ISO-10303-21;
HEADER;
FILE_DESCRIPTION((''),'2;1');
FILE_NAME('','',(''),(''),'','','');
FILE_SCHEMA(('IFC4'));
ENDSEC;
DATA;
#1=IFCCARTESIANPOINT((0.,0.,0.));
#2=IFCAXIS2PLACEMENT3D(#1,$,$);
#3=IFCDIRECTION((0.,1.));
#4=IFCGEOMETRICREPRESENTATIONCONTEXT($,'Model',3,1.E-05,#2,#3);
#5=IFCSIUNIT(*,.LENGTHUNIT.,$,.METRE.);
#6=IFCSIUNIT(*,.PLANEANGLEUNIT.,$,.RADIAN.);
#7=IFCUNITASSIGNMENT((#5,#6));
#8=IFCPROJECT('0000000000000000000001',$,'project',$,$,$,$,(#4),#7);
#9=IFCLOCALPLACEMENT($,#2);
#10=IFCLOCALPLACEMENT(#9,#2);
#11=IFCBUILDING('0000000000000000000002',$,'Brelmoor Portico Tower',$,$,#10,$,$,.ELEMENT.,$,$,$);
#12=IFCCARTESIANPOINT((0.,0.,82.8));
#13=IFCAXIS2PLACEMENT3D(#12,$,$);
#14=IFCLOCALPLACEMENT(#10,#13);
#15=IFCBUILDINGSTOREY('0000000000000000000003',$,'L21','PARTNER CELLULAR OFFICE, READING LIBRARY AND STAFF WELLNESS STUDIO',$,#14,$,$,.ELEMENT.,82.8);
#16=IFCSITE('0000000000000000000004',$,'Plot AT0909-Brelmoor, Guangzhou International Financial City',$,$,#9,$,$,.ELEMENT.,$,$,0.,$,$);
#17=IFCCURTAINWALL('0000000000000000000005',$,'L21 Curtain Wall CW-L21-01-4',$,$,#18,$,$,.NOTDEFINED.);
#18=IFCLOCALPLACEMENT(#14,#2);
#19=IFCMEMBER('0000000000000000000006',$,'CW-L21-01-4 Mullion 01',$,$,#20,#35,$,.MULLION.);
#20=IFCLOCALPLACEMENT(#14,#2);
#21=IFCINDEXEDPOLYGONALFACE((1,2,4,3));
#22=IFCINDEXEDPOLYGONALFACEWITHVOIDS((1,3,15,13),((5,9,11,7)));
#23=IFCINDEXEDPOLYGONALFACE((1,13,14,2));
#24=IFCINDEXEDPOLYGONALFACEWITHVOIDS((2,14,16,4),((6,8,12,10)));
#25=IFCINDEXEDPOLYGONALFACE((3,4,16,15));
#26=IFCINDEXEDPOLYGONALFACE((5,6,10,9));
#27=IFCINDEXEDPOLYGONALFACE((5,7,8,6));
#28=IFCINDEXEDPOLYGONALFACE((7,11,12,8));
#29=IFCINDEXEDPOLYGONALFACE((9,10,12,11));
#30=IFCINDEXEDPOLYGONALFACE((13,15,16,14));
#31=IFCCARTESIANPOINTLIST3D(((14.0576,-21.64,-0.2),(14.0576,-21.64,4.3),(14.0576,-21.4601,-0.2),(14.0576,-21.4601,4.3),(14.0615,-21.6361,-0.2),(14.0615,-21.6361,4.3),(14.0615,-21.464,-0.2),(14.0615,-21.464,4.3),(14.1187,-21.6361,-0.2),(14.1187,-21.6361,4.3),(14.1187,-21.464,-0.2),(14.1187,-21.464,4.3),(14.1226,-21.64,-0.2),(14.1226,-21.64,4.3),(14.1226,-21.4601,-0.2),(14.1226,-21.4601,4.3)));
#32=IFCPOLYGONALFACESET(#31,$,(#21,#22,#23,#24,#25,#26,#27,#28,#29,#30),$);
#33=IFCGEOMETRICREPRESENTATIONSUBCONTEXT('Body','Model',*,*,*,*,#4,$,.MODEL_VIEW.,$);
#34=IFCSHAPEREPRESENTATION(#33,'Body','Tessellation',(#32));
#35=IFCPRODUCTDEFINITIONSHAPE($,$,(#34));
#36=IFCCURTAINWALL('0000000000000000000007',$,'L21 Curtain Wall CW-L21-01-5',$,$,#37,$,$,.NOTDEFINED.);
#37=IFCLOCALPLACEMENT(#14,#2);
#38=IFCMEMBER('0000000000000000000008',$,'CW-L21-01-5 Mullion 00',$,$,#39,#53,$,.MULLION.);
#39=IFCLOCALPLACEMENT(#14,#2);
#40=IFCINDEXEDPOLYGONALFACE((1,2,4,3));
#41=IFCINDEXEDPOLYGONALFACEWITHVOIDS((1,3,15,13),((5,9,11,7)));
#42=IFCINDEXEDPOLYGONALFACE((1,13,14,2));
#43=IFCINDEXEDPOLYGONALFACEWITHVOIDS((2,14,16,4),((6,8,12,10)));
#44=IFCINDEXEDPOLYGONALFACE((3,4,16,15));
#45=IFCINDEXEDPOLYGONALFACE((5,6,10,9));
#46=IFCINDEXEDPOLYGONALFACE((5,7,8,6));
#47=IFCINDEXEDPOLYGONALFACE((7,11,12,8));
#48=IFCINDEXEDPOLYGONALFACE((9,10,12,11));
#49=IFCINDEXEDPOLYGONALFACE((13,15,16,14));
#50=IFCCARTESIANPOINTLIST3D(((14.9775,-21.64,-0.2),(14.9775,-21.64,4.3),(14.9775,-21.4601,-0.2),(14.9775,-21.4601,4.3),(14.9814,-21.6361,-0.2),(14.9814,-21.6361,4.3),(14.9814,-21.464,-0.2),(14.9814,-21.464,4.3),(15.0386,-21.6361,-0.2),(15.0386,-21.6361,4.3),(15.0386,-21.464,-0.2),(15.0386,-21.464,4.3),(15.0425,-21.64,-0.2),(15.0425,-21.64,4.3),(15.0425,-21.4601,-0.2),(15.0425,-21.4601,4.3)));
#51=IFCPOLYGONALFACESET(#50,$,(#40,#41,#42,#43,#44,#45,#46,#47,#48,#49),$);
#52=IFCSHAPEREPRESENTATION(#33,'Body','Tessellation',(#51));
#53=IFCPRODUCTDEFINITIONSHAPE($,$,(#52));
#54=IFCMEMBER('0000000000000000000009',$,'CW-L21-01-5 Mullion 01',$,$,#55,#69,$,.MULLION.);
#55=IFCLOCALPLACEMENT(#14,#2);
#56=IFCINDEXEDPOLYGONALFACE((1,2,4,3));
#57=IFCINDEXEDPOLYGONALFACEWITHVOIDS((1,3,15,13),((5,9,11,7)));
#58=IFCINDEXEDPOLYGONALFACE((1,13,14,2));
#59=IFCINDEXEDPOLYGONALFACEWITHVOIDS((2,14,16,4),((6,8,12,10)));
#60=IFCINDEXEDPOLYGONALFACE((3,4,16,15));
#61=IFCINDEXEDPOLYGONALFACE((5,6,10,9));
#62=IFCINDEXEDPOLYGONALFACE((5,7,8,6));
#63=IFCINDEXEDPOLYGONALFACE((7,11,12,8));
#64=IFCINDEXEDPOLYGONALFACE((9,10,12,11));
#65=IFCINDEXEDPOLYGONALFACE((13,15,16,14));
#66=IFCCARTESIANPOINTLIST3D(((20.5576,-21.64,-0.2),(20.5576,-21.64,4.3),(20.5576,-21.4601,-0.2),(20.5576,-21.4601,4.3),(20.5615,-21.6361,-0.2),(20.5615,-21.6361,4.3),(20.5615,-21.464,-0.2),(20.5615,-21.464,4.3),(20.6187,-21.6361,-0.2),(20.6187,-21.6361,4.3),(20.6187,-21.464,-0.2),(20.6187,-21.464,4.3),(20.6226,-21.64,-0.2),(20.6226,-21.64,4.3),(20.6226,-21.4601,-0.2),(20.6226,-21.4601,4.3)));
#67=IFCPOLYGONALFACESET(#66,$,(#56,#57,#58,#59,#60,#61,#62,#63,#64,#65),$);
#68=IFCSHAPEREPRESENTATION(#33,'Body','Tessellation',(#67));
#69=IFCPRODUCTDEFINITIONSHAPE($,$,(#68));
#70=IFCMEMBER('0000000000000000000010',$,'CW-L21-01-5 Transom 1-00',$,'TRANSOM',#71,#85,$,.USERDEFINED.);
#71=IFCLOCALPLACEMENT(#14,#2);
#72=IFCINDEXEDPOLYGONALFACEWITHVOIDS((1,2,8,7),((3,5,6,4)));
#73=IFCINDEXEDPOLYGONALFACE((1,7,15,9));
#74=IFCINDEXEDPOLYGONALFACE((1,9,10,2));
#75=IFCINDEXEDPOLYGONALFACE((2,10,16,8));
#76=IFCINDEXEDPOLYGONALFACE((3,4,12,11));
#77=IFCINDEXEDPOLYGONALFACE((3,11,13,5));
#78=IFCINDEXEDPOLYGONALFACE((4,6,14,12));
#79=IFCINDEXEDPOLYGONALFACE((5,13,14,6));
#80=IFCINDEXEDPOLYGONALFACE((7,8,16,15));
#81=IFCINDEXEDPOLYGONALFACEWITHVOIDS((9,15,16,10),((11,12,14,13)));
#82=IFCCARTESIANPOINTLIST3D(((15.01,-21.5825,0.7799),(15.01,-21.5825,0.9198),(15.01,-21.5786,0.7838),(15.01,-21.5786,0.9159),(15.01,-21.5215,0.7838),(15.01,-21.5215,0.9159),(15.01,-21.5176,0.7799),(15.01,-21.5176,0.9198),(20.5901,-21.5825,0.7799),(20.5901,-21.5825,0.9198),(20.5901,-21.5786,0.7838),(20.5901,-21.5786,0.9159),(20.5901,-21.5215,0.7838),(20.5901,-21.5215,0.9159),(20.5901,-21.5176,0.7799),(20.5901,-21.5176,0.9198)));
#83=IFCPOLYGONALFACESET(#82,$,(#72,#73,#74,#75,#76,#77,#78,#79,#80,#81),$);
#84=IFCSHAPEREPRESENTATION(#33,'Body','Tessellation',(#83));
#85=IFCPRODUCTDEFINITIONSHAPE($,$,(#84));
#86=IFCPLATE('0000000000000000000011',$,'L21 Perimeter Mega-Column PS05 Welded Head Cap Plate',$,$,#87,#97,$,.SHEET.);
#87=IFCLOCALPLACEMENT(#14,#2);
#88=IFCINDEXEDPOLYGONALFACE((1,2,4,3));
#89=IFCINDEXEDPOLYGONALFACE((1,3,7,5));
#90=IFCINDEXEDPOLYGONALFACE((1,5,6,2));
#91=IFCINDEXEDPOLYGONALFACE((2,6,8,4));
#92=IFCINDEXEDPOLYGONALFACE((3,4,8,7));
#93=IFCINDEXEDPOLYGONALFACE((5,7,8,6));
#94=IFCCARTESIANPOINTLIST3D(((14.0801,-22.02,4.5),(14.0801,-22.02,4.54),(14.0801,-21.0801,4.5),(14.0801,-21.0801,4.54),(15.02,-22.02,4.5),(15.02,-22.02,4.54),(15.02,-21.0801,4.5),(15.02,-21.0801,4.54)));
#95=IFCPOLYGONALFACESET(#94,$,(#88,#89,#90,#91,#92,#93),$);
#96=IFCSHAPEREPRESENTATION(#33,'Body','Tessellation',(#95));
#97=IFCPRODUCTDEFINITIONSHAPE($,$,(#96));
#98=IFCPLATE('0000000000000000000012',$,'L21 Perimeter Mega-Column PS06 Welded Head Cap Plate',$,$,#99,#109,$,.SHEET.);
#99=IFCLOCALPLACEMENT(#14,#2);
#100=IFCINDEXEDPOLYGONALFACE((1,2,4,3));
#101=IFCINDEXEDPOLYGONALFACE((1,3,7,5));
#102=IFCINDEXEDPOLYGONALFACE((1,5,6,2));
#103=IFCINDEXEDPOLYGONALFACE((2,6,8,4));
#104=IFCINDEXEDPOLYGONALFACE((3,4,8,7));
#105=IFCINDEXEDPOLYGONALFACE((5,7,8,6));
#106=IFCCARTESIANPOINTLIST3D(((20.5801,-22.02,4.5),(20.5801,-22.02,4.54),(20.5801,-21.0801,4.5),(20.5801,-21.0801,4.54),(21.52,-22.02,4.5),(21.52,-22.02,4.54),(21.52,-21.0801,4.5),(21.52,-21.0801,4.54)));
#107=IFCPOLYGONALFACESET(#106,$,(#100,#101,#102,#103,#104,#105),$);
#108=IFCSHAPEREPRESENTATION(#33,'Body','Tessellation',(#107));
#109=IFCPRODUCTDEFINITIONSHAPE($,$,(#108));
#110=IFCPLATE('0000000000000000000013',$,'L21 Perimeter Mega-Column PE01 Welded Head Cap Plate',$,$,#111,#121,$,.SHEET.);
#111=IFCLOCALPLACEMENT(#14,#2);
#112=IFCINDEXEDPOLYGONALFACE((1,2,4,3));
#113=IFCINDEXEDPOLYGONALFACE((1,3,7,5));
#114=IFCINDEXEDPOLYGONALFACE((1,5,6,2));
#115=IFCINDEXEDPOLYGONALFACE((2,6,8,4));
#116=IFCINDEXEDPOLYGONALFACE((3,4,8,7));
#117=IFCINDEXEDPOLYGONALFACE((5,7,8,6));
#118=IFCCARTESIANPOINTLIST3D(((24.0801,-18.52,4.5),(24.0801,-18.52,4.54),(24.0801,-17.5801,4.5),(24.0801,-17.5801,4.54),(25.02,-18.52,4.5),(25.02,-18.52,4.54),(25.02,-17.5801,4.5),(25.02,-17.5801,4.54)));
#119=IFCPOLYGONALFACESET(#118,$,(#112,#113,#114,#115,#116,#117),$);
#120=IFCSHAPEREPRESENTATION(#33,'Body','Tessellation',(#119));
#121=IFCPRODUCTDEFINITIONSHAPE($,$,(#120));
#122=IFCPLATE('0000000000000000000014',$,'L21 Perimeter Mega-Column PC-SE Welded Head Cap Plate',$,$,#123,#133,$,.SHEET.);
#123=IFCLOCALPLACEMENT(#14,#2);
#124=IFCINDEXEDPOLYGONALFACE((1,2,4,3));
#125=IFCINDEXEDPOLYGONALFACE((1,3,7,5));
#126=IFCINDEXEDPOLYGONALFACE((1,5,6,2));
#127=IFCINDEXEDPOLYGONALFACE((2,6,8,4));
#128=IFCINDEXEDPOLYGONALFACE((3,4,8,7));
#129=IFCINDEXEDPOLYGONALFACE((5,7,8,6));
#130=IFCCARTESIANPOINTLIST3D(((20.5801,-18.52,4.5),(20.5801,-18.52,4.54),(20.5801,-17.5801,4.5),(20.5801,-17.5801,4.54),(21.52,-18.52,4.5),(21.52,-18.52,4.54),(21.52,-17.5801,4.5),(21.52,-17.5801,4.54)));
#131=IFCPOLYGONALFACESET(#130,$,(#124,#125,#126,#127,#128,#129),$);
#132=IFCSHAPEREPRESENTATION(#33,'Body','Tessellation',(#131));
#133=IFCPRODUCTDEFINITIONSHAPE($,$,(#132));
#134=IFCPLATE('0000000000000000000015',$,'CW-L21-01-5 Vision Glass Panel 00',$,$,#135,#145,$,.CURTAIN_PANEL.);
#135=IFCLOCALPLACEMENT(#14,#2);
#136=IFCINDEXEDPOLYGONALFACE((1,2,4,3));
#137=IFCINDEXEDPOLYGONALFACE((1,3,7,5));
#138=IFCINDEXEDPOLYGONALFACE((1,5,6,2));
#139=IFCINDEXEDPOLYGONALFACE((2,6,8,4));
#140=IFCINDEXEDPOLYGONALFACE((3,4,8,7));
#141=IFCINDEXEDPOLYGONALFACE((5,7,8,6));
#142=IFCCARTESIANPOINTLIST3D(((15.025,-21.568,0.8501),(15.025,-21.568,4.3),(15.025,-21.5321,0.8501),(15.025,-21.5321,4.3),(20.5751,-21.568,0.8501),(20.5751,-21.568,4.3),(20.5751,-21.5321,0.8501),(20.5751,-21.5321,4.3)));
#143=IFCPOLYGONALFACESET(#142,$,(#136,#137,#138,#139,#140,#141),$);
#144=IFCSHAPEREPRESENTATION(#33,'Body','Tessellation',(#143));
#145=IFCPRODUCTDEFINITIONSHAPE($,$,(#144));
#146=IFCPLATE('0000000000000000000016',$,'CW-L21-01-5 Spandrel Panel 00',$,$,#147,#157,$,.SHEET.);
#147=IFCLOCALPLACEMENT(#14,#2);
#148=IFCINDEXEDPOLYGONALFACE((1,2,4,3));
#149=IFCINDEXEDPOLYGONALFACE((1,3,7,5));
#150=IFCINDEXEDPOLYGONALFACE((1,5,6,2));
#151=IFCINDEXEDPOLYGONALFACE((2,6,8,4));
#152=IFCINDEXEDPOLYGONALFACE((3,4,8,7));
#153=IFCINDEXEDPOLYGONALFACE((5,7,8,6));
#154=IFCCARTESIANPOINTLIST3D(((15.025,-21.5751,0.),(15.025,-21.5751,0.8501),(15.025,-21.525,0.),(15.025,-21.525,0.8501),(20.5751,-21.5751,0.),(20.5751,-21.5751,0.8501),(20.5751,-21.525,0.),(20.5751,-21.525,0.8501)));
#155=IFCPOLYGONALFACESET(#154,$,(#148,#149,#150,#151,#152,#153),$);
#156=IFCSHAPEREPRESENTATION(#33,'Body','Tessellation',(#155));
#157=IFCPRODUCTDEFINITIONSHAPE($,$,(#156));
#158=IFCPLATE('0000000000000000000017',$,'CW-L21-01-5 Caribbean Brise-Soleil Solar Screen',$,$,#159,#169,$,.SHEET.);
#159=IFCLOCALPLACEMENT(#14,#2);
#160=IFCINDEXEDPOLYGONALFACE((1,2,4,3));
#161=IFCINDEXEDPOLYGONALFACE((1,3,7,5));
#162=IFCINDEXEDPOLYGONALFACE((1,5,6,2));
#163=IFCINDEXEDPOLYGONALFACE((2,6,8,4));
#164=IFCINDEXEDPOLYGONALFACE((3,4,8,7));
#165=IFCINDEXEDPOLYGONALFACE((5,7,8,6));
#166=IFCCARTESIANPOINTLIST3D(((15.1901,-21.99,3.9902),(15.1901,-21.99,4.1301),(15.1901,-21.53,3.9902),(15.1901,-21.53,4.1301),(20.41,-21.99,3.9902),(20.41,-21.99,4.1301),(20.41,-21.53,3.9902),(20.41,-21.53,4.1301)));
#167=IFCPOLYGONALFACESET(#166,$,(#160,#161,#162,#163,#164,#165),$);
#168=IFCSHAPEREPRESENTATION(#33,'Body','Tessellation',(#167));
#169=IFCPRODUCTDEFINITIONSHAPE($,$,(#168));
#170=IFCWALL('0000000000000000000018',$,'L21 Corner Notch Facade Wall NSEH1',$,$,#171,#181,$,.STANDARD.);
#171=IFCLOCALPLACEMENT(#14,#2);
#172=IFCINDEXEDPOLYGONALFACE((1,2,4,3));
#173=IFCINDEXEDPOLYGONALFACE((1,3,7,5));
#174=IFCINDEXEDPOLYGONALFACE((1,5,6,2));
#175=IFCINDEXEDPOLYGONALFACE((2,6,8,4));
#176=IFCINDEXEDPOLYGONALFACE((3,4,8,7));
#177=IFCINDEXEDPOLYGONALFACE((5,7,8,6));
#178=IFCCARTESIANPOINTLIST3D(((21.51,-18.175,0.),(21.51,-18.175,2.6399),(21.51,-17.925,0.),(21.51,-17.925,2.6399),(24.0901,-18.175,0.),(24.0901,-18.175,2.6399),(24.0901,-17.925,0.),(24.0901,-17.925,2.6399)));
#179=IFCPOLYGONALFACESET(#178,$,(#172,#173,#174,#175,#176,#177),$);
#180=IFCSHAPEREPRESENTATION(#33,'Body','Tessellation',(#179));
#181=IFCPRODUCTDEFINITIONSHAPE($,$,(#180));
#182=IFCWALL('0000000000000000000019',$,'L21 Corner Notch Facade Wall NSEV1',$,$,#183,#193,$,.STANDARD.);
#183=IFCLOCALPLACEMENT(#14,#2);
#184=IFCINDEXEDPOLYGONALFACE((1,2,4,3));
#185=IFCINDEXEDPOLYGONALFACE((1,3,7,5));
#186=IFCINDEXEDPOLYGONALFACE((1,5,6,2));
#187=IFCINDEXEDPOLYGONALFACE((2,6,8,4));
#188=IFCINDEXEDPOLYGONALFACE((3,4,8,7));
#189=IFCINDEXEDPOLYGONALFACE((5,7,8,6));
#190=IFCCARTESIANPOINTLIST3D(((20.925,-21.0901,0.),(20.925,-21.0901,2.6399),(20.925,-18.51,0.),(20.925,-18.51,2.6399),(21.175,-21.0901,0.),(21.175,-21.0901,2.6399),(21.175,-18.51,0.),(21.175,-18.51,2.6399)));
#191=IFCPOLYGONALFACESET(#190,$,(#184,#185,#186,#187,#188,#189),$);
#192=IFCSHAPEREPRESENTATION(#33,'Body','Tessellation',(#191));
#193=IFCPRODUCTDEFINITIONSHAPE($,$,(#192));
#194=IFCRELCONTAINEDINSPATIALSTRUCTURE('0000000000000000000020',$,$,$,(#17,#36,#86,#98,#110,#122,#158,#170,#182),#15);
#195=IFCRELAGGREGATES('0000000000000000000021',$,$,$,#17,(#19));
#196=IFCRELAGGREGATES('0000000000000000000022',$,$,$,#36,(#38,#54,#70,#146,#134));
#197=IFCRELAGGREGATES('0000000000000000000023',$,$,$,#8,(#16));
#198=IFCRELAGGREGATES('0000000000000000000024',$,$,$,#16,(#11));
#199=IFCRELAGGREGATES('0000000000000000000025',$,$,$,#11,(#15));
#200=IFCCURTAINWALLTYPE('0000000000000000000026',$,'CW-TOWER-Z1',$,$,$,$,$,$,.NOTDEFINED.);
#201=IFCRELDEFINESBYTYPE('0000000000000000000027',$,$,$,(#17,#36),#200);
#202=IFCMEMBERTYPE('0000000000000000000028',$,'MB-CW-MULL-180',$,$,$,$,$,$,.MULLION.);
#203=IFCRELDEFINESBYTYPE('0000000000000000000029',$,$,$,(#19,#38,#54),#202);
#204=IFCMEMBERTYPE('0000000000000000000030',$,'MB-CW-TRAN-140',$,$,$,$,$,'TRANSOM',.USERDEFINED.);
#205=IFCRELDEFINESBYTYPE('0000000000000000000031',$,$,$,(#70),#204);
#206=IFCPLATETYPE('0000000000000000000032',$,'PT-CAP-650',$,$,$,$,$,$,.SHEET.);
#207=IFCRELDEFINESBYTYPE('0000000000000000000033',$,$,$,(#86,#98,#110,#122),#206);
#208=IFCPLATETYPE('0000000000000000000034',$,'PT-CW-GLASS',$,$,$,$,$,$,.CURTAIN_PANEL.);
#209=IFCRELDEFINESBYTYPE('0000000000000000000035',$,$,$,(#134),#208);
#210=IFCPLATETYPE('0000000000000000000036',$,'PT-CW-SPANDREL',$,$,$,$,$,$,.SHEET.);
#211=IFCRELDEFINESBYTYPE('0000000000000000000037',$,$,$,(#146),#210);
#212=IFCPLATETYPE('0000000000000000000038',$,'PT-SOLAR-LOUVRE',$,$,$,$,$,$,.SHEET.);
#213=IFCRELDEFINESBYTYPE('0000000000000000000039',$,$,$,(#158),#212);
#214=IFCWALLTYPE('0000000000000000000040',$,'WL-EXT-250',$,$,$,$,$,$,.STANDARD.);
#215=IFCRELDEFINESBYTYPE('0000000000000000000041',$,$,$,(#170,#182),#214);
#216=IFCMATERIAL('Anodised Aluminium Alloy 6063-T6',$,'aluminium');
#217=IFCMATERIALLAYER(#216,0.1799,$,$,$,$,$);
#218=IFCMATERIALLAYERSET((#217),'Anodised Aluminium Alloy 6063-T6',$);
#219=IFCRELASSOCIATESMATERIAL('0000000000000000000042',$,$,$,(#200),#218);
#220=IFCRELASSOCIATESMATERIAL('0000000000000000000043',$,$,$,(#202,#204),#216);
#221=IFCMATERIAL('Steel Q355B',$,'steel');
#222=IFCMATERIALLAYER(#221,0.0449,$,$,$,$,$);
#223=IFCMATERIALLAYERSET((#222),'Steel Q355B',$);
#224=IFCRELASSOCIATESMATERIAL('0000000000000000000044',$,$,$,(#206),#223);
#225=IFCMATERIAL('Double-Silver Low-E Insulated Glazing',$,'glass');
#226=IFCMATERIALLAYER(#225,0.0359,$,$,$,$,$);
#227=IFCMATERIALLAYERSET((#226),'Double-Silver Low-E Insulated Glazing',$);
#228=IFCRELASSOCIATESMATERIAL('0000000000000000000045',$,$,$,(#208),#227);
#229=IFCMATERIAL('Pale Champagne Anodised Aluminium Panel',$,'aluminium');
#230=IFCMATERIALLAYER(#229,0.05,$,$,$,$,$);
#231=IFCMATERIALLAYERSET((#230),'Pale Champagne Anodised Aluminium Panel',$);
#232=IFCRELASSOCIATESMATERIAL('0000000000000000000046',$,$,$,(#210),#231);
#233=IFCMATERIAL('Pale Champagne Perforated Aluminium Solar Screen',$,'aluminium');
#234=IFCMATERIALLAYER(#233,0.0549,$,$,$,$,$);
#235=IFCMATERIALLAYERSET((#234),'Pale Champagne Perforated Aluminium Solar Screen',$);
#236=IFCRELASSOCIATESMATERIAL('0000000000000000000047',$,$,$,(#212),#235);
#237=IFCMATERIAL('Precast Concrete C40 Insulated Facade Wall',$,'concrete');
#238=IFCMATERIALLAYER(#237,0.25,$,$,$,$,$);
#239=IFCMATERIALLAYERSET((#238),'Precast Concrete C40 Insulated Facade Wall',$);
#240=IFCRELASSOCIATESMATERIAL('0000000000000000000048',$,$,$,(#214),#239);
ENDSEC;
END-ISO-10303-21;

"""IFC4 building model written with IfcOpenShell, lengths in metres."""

from ifc_helpers import new_model, si_unit, direction, frame, frame_2d, origin, origin_2d, place, context, subcontext, project, spatial, rectangle, hollow_rectangle, extrude, material, layer, layer_set, material_profile, profile_set, type_object, element, aggregate, save


model = new_model("IFC4")

# Units and contexts
model_context = context("Model", 3, precision=1e-05, world=origin(), true_north=direction((0.0, 1.0)))
body_context = subcontext(model_context, "Body", "Model", "MODEL_VIEW")
ifc_project = project(units=[si_unit("LENGTHUNIT", "METRE"), si_unit("PLANEANGLEUNIT", "RADIAN")], contexts=[model_context])

# Site, building, storey
site_placement = place(None, origin())
site = spatial("IfcSite", under=ifc_project, at=site_placement, Name="Plot AT0909-Brelmoor, Guangzhou International Financial City", CompositionType="ELEMENT", RefElevation=0.0)
building_placement = place(site_placement, origin())
building = spatial("IfcBuilding", under=site, at=building_placement, Name="Brelmoor Portico Tower", CompositionType="ELEMENT")
storey_placement = place(building_placement, frame((0.0, 0.0, 82.8)))
storey = spatial("IfcBuildingStorey", under=building, at=storey_placement, Name="L21", Description="PARTNER CELLULAR OFFICE, READING LIBRARY AND STAFF WELLNESS STUDIO", CompositionType="ELEMENT", Elevation=82.8)

# Shared definitions
ifc_material_1 = material(Name="Steel Q355B", Category="steel")

# Curtain wall, member
ifc_material_2 = material(Name="Anodised Aluminium Alloy 6063-T6", Category="aluminium")
ifc_layer_1 = layer(ifc_material_2, 0.1799)
ifc_layer_set_1 = layer_set([ifc_layer_1], Name="Anodised Aluminium Alloy 6063-T6")
curtain_wall_type = type_object("IfcCurtainWallType", Name="CW-TOWER-Z1", PredefinedType="NOTDEFINED", material=ifc_layer_set_1)
curtain_wall_1_placement = place(storey_placement, origin())
curtain_wall_1 = element("IfcCurtainWall", 1, at=curtain_wall_1_placement, inside=storey, type_object=curtain_wall_type, Name="L21 Curtain Wall CW-L21-01-4", PredefinedType="NOTDEFINED")
ifc_material_profile_1 = material_profile(ifc_material_2, hollow_rectangle(XDim=0.0649, YDim=0.1799, WallThickness=0.0039, at=origin_2d()), Name="ALU MULLION 65x180")
ifc_profile_set_1 = profile_set([ifc_material_profile_1], Name="Anodised Aluminium Alloy 6063-T6")
member_type_1 = type_object("IfcMemberType", Name="MB-CW-MULL-180", PredefinedType="MULLION", material=ifc_profile_set_1)
member_1_placement = place(storey_placement, frame((14.0901, -21.55, -0.2), z_axis=(0.0, 0.0, 1.0), x_axis=(1.0, 0.0, 0.0)))
member_1 = element("IfcMember", 2, at=member_1_placement, type_object=member_type_1, Name="CW-L21-01-4 Mullion 01", PredefinedType="MULLION", context=body_context, shape_type="SweptSolid", body=[
    extrude(hollow_rectangle(XDim=0.0649, YDim=0.1799, WallThickness=0.0039, at=origin_2d()), origin(), (0.0, 0.0, 1.0), 4.5),
])
aggregate(curtain_wall_1, [member_1])

# Curtain wall, members
curtain_wall_2_placement = place(storey_placement, origin())
curtain_wall_2 = element("IfcCurtainWall", 3, at=curtain_wall_2_placement, inside=storey, type_object=curtain_wall_type, Name="L21 Curtain Wall CW-L21-01-5", PredefinedType="NOTDEFINED")
member_2_placement = place(storey_placement, frame((15.01, -21.55, -0.2), z_axis=(0.0, 0.0, 1.0), x_axis=(1.0, 0.0, 0.0)))
member_2 = element("IfcMember", 4, at=member_2_placement, type_object=member_type_1, Name="CW-L21-01-5 Mullion 00", PredefinedType="MULLION", context=body_context, shape_type="SweptSolid", body=[
    extrude(hollow_rectangle(XDim=0.0649, YDim=0.1799, WallThickness=0.0039, at=origin_2d()), origin(), (0.0, 0.0, 1.0), 4.5),
])
member_3_placement = place(storey_placement, frame((20.5901, -21.55, -0.2), z_axis=(0.0, 0.0, 1.0), x_axis=(1.0, 0.0, 0.0)))
member_3 = element("IfcMember", 5, at=member_3_placement, type_object=member_type_1, Name="CW-L21-01-5 Mullion 01", PredefinedType="MULLION", context=body_context, shape_type="SweptSolid", body=[
    extrude(hollow_rectangle(XDim=0.0649, YDim=0.1799, WallThickness=0.0039, at=origin_2d()), origin(), (0.0, 0.0, 1.0), 4.5),
])
ifc_material_profile_2 = material_profile(ifc_material_2, hollow_rectangle(XDim=0.0649, YDim=0.1399, WallThickness=0.0039, at=origin_2d()), Name="ALU TRANSOM 65x140")
ifc_profile_set_2 = profile_set([ifc_material_profile_2], Name="Anodised Aluminium Alloy 6063-T6")
member_type_2 = type_object("IfcMemberType", Name="MB-CW-TRAN-140", ElementType="TRANSOM", PredefinedType="USERDEFINED", material=ifc_profile_set_2)
member_4_placement = place(storey_placement, frame((15.01, -21.55, 0.8499), z_axis=(1.0, 0.0, 0.0), x_axis=(0.0, 1.0, 0.0)))
member_4 = element("IfcMember", 6, at=member_4_placement, type_object=member_type_2, Name="CW-L21-01-5 Transom 1-00", ObjectType="TRANSOM", PredefinedType="USERDEFINED", context=body_context, shape_type="SweptSolid", body=[
    extrude(hollow_rectangle(XDim=0.0649, YDim=0.1399, WallThickness=0.0039, at=origin_2d()), origin(), (0.0, 0.0, 1.0), 5.5801),
])

# Plates
ifc_layer_2 = layer(ifc_material_1, 0.0449)
ifc_layer_set_2 = layer_set([ifc_layer_2], Name="Steel Q355B")
plate_type_1 = type_object("IfcPlateType", Name="PT-CAP-650", PredefinedType="SHEET", material=ifc_layer_set_2)
for number, where, z_axis, x_axis, name in (
    (7, (14.55, -21.55, 4.5), (0.0, 0.0, 1.0), (1.0, 0.0, 0.0), "L21 Perimeter Mega-Column PS05 Welded Head Cap Plate"),
    (8, (21.05, -21.55, 4.5), (0.0, 0.0, 1.0), (1.0, 0.0, 0.0), "L21 Perimeter Mega-Column PS06 Welded Head Cap Plate"),
    (9, (24.55, -18.05, 4.5), (0.0, 0.0, 1.0), (0.0, 1.0, 0.0), "L21 Perimeter Mega-Column PE01 Welded Head Cap Plate"),
    (10, (21.05, -18.05, 4.5), (0.0, 0.0, 1.0), (1.0, 0.0, 0.0), "L21 Perimeter Mega-Column PC-SE Welded Head Cap Plate"),
):
    element("IfcPlate", number, at=place(storey_placement, frame(where, z_axis=z_axis, x_axis=x_axis)), inside=storey, type_object=plate_type_1, Name=name, PredefinedType="SHEET", context=body_context, shape_type="SweptSolid", body=[
        extrude(rectangle(XDim=0.9399, YDim=0.9399, at=origin_2d()), origin(), (0.0, 0.0, 1.0), 0.04),
    ])

# Plates
ifc_material_3 = material(Name="Double-Silver Low-E Insulated Glazing", Category="glass")
ifc_layer_3 = layer(ifc_material_3, 0.0359)
ifc_layer_set_3 = layer_set([ifc_layer_3], Name="Double-Silver Low-E Insulated Glazing")
plate_type_2 = type_object("IfcPlateType", Name="PT-CW-GLASS", PredefinedType="CURTAIN_PANEL", material=ifc_layer_set_3)
plate_1_placement = place(storey_placement, frame((17.8, -21.55, 0.8501), z_axis=(0.0, 0.0, 1.0), x_axis=(1.0, 0.0, 0.0)))
plate_1 = element("IfcPlate", 11, at=plate_1_placement, type_object=plate_type_2, Name="CW-L21-01-5 Vision Glass Panel 00", PredefinedType="CURTAIN_PANEL", context=body_context, shape_type="SweptSolid", body=[
    extrude(rectangle(XDim=5.55, YDim=0.0359, at=origin_2d()), origin(), (0.0, 0.0, 1.0), 3.45),
])
ifc_material_4 = material(Name="Pale Champagne Anodised Aluminium Panel", Category="aluminium")
ifc_layer_4 = layer(ifc_material_4, 0.05)
ifc_layer_set_4 = layer_set([ifc_layer_4], Name="Pale Champagne Anodised Aluminium Panel")
plate_type_3 = type_object("IfcPlateType", Name="PT-CW-SPANDREL", PredefinedType="SHEET", material=ifc_layer_set_4)
plate_2_placement = place(storey_placement, frame((17.8, -21.55, 0.0), z_axis=(0.0, 0.0, 1.0), x_axis=(1.0, 0.0, 0.0)))
plate_2 = element("IfcPlate", 12, at=plate_2_placement, type_object=plate_type_3, Name="CW-L21-01-5 Spandrel Panel 00", PredefinedType="SHEET", context=body_context, shape_type="SweptSolid", body=[
    extrude(rectangle(XDim=5.55, YDim=0.05, at=origin_2d()), origin(), (0.0, 0.0, 1.0), 0.8501),
])
aggregate(curtain_wall_2, [member_2, member_3, member_4, plate_2, plate_1])
ifc_material_5 = material(Name="Pale Champagne Perforated Aluminium Solar Screen", Category="aluminium")
ifc_layer_5 = layer(ifc_material_5, 0.0549)
ifc_layer_set_5 = layer_set([ifc_layer_5], Name="Pale Champagne Perforated Aluminium Solar Screen")
plate_type_4 = type_object("IfcPlateType", Name="PT-SOLAR-LOUVRE", PredefinedType="SHEET", material=ifc_layer_set_5)
plate_3_placement = place(storey_placement, frame((17.8, -21.76, 3.9902), z_axis=(0.0, 0.0, 1.0), x_axis=(1.0, 0.0, 0.0)))
element("IfcPlate", 13, at=plate_3_placement, inside=storey, type_object=plate_type_4, Name="CW-L21-01-5 Caribbean Brise-Soleil Solar Screen", PredefinedType="SHEET", context=body_context, shape_type="SweptSolid", body=[
    extrude(rectangle(XDim=5.22, YDim=0.46, at=origin_2d()), origin(), (0.0, 0.0, 1.0), 0.1399),
])

# Walls
ifc_material_6 = material(Name="Precast Concrete C40 Insulated Facade Wall", Category="concrete")
ifc_layer_6 = layer(ifc_material_6, 0.25)
ifc_layer_set_6 = layer_set([ifc_layer_6], Name="Precast Concrete C40 Insulated Facade Wall")
wall_type = type_object("IfcWallType", Name="WL-EXT-250", PredefinedType="STANDARD", material=ifc_layer_set_6)
for number, where, z_axis, x_axis, name in (
    (14, (21.51, -18.05, 0.0), (0.0, 0.0, 1.0), (1.0, 0.0, 0.0), "L21 Corner Notch Facade Wall NSEH1"),
    (15, (21.05, -21.0901, 0.0), (0.0, 0.0, 1.0), (0.0, 1.0, 0.0), "L21 Corner Notch Facade Wall NSEV1"),
):
    element("IfcWall", number, at=place(storey_placement, frame(where, z_axis=z_axis, x_axis=x_axis)), inside=storey, type_object=wall_type, Name=name, PredefinedType="STANDARD", context=body_context, shape_type="SweptSolid", body=[
        extrude(rectangle(XDim=2.5801, YDim=0.25, at=frame_2d((1.29, 0.0))), origin(), (0.0, 0.0, 1.0), 2.6399),
    ])

save(model, "model.ifc")
